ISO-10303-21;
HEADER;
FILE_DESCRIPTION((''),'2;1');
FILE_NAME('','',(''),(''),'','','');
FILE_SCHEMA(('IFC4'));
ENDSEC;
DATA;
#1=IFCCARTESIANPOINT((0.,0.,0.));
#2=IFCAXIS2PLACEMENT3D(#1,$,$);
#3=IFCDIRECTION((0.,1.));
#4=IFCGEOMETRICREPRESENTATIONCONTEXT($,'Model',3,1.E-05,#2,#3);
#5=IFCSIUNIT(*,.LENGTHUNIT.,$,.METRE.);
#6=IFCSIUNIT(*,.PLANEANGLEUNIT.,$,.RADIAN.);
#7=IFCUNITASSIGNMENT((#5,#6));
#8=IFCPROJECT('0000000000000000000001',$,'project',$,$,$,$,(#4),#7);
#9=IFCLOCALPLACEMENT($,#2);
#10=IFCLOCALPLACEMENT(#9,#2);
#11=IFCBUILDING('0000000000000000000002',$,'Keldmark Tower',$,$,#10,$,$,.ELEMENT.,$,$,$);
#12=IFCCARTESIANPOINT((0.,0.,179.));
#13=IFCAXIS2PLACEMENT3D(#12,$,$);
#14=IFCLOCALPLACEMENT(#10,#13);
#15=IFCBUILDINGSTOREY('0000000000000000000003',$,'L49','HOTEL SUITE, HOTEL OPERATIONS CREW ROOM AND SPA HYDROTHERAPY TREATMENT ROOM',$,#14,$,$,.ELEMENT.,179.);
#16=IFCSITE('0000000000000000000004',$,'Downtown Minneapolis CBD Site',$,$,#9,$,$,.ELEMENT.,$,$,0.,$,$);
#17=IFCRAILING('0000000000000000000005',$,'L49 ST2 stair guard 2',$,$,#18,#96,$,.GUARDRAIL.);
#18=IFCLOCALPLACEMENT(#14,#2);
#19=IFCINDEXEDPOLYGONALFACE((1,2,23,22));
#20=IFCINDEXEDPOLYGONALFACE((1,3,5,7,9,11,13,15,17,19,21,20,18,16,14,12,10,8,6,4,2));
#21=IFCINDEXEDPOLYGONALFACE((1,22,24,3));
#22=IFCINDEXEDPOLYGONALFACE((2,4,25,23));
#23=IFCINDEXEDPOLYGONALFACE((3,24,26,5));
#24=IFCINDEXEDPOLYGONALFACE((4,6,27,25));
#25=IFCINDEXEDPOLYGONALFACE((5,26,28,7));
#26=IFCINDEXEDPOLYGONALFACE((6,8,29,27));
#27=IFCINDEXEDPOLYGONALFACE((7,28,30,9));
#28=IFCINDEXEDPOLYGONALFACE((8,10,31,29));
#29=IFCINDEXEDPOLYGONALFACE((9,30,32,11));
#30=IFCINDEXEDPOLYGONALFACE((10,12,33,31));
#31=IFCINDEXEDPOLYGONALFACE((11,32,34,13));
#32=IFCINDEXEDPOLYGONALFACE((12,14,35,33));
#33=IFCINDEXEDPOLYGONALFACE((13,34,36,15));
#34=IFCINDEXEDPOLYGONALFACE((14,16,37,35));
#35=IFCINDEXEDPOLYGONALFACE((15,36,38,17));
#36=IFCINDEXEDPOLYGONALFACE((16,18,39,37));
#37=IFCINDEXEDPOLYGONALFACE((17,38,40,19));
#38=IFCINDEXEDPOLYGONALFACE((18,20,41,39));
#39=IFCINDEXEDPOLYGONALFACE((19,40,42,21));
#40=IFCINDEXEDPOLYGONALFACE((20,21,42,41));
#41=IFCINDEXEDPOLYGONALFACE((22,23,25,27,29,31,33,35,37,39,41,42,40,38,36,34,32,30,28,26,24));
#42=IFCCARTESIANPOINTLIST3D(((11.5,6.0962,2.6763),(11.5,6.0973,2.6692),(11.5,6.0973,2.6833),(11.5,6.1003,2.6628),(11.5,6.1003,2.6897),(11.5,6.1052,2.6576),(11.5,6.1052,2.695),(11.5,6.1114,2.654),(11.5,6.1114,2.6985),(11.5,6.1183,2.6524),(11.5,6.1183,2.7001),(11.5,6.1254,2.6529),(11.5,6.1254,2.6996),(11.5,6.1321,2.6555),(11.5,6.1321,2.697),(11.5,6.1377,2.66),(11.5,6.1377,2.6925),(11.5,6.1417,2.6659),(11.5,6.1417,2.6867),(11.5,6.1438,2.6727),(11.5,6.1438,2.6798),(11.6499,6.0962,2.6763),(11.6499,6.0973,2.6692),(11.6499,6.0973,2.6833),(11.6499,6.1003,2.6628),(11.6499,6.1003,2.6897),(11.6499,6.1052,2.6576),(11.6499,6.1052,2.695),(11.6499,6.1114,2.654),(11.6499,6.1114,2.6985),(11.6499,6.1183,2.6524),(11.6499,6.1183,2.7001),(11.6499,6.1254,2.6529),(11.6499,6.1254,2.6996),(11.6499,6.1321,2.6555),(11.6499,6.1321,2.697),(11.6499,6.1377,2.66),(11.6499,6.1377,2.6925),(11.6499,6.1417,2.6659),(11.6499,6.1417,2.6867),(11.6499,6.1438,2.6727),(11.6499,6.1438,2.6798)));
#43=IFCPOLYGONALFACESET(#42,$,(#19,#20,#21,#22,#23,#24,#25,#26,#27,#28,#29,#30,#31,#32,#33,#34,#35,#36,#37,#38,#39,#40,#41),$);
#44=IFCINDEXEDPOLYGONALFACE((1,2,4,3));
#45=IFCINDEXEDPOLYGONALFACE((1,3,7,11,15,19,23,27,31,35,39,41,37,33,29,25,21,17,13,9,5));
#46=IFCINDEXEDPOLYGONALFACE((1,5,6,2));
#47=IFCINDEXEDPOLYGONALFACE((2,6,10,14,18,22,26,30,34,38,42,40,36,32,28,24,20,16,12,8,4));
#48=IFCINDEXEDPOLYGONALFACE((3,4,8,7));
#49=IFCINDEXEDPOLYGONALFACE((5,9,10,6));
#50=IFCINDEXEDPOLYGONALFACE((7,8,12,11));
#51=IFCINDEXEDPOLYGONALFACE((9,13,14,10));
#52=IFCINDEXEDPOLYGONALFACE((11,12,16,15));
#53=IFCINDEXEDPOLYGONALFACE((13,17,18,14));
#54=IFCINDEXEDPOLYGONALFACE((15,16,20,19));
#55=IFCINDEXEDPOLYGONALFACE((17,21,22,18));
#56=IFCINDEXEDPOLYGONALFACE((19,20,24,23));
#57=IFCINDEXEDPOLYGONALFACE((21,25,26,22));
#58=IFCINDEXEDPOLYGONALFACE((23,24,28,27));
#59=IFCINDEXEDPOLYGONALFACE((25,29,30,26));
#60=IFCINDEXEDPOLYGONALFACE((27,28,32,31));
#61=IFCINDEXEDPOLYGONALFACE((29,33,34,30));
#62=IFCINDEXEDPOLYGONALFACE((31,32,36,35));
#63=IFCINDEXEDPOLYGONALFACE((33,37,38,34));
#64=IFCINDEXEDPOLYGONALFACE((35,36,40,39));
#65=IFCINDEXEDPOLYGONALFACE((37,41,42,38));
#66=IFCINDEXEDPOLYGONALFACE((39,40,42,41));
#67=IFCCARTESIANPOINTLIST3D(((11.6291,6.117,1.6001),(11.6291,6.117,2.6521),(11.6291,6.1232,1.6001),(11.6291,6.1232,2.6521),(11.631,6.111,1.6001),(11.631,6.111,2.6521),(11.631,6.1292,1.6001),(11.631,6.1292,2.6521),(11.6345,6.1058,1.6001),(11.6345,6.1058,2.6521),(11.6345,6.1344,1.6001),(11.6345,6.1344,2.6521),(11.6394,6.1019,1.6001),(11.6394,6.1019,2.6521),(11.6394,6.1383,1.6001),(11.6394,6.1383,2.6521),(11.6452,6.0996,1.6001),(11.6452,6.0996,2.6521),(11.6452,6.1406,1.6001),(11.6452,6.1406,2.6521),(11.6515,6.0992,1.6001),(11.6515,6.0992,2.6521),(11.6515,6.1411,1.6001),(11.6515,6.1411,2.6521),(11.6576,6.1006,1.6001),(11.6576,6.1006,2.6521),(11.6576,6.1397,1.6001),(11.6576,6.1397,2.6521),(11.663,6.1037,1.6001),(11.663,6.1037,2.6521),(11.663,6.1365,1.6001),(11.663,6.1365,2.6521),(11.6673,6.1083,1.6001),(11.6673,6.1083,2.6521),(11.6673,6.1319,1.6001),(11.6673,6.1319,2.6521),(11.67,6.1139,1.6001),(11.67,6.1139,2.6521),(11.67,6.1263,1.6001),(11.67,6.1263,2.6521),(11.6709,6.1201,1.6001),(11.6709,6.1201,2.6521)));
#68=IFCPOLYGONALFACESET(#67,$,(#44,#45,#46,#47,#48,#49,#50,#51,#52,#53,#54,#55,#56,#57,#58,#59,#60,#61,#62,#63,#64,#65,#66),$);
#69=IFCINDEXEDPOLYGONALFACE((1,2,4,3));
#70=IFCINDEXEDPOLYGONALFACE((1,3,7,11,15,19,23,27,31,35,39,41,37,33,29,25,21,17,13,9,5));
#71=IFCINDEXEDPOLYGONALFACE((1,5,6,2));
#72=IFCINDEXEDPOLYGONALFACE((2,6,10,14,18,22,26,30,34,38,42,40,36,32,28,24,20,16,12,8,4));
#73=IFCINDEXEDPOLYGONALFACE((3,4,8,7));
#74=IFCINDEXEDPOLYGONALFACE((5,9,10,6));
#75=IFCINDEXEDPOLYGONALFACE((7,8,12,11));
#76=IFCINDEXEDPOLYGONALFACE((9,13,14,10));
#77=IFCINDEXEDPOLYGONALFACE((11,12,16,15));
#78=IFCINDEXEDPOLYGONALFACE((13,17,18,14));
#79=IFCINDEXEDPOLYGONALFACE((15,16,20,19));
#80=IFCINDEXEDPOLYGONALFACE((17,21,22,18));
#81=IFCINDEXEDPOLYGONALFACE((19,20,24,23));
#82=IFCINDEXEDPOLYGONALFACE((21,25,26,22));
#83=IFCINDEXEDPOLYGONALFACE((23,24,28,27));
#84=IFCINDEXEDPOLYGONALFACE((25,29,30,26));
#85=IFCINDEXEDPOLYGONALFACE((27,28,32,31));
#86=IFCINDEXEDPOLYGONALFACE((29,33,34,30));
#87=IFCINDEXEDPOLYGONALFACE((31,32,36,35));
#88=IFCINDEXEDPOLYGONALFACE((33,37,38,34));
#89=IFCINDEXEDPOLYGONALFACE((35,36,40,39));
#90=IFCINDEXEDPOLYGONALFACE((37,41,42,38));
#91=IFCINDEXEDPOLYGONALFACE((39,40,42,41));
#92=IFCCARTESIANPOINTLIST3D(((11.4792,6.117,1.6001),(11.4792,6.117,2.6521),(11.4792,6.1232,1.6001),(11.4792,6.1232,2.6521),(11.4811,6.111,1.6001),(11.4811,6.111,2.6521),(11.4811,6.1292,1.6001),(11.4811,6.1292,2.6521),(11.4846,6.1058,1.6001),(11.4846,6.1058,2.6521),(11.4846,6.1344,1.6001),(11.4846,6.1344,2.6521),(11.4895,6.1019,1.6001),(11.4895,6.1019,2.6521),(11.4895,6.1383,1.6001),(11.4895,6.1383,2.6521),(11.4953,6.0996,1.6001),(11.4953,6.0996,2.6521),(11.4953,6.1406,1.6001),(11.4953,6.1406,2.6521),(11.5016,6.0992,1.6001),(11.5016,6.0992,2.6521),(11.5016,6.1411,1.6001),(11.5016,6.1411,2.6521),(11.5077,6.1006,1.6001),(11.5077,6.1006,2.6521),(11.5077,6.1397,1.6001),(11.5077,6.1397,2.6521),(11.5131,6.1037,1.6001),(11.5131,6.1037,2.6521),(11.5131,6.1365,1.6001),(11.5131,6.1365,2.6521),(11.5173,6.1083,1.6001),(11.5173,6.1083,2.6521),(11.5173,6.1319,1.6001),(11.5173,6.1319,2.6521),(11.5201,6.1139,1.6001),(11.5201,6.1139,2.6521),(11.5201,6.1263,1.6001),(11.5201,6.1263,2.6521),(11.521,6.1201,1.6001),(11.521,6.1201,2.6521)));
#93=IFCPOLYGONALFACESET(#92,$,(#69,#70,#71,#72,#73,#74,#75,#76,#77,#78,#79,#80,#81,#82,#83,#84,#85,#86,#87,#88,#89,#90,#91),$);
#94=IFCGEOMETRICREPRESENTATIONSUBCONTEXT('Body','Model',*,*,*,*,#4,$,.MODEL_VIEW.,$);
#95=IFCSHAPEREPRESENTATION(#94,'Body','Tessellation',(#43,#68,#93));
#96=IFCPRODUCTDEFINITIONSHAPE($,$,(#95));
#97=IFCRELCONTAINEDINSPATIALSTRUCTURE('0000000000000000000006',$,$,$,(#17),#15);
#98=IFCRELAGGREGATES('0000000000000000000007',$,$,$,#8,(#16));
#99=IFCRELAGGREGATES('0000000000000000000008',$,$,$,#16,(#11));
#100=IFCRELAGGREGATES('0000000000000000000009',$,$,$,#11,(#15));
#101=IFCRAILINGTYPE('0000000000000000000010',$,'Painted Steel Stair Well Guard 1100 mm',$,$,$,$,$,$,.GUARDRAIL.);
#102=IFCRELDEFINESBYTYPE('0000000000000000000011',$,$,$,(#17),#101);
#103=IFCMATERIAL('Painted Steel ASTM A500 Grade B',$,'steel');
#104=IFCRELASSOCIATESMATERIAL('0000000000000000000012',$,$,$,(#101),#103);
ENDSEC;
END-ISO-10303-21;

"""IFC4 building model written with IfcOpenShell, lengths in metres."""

from ifc_helpers import new_model, si_unit, direction, frame, origin, origin_2d, place, context, subcontext, project, spatial, circle, extrude, material, type_object, element, save


model = new_model("IFC4")

# Units and contexts
model_context = context("Model", 3, precision=1e-05, world=origin(), true_north=direction((0.0, 1.0)))
body_context = subcontext(model_context, "Body", "Model", "MODEL_VIEW")
ifc_project = project(units=[si_unit("LENGTHUNIT", "METRE"), si_unit("PLANEANGLEUNIT", "RADIAN")], contexts=[model_context])

# Site, building, storey
site_placement = place(None, origin())
site = spatial("IfcSite", under=ifc_project, at=site_placement, Name="Downtown Minneapolis CBD Site", CompositionType="ELEMENT", RefElevation=0.0)
building_placement = place(site_placement, origin())
building = spatial("IfcBuilding", under=site, at=building_placement, Name="Keldmark Tower", CompositionType="ELEMENT")
storey_placement = place(building_placement, frame((0.0, 0.0, 179.0)))
storey = spatial("IfcBuildingStorey", under=building, at=storey_placement, Name="L49", Description="HOTEL SUITE, HOTEL OPERATIONS CREW ROOM AND SPA HYDROTHERAPY TREATMENT ROOM", CompositionType="ELEMENT", Elevation=179.0)

# Railing
ifc_material_1 = material(Name="Painted Steel ASTM A500 Grade B", Category="steel")
railing_type_1 = type_object("IfcRailingType", Name="Painted Steel Stair Well Guard 1100 mm", PredefinedType="GUARDRAIL", material=ifc_material_1)
railing_1_placement = place(storey_placement, frame((11.6499, 6.1201, 1.6001)))
element("IfcRailing", 1, at=railing_1_placement, inside=storey, type_object=railing_type_1, Name="L49 ST2 stair guard 2", PredefinedType="GUARDRAIL", context=body_context, shape_type="SweptSolid", body=[
    extrude(circle(Radius=0.0239, at=origin_2d()), frame((0.0, 0.0, 1.0762), z_axis=(-1.0, 0.0, 0.0), x_axis=(0.0, -1.0, 0.0)), (0.0, 0.0, 1.0), 0.1499),
    extrude(circle(Radius=0.021, at=origin_2d()), origin(), (0.0, 0.0, 1.0), 1.052),
    extrude(circle(Radius=0.021, at=origin_2d()), frame((-0.1499, 0.0, 0.0)), (0.0, 0.0, 1.0), 1.052),
])

save(model, "model.ifc")
